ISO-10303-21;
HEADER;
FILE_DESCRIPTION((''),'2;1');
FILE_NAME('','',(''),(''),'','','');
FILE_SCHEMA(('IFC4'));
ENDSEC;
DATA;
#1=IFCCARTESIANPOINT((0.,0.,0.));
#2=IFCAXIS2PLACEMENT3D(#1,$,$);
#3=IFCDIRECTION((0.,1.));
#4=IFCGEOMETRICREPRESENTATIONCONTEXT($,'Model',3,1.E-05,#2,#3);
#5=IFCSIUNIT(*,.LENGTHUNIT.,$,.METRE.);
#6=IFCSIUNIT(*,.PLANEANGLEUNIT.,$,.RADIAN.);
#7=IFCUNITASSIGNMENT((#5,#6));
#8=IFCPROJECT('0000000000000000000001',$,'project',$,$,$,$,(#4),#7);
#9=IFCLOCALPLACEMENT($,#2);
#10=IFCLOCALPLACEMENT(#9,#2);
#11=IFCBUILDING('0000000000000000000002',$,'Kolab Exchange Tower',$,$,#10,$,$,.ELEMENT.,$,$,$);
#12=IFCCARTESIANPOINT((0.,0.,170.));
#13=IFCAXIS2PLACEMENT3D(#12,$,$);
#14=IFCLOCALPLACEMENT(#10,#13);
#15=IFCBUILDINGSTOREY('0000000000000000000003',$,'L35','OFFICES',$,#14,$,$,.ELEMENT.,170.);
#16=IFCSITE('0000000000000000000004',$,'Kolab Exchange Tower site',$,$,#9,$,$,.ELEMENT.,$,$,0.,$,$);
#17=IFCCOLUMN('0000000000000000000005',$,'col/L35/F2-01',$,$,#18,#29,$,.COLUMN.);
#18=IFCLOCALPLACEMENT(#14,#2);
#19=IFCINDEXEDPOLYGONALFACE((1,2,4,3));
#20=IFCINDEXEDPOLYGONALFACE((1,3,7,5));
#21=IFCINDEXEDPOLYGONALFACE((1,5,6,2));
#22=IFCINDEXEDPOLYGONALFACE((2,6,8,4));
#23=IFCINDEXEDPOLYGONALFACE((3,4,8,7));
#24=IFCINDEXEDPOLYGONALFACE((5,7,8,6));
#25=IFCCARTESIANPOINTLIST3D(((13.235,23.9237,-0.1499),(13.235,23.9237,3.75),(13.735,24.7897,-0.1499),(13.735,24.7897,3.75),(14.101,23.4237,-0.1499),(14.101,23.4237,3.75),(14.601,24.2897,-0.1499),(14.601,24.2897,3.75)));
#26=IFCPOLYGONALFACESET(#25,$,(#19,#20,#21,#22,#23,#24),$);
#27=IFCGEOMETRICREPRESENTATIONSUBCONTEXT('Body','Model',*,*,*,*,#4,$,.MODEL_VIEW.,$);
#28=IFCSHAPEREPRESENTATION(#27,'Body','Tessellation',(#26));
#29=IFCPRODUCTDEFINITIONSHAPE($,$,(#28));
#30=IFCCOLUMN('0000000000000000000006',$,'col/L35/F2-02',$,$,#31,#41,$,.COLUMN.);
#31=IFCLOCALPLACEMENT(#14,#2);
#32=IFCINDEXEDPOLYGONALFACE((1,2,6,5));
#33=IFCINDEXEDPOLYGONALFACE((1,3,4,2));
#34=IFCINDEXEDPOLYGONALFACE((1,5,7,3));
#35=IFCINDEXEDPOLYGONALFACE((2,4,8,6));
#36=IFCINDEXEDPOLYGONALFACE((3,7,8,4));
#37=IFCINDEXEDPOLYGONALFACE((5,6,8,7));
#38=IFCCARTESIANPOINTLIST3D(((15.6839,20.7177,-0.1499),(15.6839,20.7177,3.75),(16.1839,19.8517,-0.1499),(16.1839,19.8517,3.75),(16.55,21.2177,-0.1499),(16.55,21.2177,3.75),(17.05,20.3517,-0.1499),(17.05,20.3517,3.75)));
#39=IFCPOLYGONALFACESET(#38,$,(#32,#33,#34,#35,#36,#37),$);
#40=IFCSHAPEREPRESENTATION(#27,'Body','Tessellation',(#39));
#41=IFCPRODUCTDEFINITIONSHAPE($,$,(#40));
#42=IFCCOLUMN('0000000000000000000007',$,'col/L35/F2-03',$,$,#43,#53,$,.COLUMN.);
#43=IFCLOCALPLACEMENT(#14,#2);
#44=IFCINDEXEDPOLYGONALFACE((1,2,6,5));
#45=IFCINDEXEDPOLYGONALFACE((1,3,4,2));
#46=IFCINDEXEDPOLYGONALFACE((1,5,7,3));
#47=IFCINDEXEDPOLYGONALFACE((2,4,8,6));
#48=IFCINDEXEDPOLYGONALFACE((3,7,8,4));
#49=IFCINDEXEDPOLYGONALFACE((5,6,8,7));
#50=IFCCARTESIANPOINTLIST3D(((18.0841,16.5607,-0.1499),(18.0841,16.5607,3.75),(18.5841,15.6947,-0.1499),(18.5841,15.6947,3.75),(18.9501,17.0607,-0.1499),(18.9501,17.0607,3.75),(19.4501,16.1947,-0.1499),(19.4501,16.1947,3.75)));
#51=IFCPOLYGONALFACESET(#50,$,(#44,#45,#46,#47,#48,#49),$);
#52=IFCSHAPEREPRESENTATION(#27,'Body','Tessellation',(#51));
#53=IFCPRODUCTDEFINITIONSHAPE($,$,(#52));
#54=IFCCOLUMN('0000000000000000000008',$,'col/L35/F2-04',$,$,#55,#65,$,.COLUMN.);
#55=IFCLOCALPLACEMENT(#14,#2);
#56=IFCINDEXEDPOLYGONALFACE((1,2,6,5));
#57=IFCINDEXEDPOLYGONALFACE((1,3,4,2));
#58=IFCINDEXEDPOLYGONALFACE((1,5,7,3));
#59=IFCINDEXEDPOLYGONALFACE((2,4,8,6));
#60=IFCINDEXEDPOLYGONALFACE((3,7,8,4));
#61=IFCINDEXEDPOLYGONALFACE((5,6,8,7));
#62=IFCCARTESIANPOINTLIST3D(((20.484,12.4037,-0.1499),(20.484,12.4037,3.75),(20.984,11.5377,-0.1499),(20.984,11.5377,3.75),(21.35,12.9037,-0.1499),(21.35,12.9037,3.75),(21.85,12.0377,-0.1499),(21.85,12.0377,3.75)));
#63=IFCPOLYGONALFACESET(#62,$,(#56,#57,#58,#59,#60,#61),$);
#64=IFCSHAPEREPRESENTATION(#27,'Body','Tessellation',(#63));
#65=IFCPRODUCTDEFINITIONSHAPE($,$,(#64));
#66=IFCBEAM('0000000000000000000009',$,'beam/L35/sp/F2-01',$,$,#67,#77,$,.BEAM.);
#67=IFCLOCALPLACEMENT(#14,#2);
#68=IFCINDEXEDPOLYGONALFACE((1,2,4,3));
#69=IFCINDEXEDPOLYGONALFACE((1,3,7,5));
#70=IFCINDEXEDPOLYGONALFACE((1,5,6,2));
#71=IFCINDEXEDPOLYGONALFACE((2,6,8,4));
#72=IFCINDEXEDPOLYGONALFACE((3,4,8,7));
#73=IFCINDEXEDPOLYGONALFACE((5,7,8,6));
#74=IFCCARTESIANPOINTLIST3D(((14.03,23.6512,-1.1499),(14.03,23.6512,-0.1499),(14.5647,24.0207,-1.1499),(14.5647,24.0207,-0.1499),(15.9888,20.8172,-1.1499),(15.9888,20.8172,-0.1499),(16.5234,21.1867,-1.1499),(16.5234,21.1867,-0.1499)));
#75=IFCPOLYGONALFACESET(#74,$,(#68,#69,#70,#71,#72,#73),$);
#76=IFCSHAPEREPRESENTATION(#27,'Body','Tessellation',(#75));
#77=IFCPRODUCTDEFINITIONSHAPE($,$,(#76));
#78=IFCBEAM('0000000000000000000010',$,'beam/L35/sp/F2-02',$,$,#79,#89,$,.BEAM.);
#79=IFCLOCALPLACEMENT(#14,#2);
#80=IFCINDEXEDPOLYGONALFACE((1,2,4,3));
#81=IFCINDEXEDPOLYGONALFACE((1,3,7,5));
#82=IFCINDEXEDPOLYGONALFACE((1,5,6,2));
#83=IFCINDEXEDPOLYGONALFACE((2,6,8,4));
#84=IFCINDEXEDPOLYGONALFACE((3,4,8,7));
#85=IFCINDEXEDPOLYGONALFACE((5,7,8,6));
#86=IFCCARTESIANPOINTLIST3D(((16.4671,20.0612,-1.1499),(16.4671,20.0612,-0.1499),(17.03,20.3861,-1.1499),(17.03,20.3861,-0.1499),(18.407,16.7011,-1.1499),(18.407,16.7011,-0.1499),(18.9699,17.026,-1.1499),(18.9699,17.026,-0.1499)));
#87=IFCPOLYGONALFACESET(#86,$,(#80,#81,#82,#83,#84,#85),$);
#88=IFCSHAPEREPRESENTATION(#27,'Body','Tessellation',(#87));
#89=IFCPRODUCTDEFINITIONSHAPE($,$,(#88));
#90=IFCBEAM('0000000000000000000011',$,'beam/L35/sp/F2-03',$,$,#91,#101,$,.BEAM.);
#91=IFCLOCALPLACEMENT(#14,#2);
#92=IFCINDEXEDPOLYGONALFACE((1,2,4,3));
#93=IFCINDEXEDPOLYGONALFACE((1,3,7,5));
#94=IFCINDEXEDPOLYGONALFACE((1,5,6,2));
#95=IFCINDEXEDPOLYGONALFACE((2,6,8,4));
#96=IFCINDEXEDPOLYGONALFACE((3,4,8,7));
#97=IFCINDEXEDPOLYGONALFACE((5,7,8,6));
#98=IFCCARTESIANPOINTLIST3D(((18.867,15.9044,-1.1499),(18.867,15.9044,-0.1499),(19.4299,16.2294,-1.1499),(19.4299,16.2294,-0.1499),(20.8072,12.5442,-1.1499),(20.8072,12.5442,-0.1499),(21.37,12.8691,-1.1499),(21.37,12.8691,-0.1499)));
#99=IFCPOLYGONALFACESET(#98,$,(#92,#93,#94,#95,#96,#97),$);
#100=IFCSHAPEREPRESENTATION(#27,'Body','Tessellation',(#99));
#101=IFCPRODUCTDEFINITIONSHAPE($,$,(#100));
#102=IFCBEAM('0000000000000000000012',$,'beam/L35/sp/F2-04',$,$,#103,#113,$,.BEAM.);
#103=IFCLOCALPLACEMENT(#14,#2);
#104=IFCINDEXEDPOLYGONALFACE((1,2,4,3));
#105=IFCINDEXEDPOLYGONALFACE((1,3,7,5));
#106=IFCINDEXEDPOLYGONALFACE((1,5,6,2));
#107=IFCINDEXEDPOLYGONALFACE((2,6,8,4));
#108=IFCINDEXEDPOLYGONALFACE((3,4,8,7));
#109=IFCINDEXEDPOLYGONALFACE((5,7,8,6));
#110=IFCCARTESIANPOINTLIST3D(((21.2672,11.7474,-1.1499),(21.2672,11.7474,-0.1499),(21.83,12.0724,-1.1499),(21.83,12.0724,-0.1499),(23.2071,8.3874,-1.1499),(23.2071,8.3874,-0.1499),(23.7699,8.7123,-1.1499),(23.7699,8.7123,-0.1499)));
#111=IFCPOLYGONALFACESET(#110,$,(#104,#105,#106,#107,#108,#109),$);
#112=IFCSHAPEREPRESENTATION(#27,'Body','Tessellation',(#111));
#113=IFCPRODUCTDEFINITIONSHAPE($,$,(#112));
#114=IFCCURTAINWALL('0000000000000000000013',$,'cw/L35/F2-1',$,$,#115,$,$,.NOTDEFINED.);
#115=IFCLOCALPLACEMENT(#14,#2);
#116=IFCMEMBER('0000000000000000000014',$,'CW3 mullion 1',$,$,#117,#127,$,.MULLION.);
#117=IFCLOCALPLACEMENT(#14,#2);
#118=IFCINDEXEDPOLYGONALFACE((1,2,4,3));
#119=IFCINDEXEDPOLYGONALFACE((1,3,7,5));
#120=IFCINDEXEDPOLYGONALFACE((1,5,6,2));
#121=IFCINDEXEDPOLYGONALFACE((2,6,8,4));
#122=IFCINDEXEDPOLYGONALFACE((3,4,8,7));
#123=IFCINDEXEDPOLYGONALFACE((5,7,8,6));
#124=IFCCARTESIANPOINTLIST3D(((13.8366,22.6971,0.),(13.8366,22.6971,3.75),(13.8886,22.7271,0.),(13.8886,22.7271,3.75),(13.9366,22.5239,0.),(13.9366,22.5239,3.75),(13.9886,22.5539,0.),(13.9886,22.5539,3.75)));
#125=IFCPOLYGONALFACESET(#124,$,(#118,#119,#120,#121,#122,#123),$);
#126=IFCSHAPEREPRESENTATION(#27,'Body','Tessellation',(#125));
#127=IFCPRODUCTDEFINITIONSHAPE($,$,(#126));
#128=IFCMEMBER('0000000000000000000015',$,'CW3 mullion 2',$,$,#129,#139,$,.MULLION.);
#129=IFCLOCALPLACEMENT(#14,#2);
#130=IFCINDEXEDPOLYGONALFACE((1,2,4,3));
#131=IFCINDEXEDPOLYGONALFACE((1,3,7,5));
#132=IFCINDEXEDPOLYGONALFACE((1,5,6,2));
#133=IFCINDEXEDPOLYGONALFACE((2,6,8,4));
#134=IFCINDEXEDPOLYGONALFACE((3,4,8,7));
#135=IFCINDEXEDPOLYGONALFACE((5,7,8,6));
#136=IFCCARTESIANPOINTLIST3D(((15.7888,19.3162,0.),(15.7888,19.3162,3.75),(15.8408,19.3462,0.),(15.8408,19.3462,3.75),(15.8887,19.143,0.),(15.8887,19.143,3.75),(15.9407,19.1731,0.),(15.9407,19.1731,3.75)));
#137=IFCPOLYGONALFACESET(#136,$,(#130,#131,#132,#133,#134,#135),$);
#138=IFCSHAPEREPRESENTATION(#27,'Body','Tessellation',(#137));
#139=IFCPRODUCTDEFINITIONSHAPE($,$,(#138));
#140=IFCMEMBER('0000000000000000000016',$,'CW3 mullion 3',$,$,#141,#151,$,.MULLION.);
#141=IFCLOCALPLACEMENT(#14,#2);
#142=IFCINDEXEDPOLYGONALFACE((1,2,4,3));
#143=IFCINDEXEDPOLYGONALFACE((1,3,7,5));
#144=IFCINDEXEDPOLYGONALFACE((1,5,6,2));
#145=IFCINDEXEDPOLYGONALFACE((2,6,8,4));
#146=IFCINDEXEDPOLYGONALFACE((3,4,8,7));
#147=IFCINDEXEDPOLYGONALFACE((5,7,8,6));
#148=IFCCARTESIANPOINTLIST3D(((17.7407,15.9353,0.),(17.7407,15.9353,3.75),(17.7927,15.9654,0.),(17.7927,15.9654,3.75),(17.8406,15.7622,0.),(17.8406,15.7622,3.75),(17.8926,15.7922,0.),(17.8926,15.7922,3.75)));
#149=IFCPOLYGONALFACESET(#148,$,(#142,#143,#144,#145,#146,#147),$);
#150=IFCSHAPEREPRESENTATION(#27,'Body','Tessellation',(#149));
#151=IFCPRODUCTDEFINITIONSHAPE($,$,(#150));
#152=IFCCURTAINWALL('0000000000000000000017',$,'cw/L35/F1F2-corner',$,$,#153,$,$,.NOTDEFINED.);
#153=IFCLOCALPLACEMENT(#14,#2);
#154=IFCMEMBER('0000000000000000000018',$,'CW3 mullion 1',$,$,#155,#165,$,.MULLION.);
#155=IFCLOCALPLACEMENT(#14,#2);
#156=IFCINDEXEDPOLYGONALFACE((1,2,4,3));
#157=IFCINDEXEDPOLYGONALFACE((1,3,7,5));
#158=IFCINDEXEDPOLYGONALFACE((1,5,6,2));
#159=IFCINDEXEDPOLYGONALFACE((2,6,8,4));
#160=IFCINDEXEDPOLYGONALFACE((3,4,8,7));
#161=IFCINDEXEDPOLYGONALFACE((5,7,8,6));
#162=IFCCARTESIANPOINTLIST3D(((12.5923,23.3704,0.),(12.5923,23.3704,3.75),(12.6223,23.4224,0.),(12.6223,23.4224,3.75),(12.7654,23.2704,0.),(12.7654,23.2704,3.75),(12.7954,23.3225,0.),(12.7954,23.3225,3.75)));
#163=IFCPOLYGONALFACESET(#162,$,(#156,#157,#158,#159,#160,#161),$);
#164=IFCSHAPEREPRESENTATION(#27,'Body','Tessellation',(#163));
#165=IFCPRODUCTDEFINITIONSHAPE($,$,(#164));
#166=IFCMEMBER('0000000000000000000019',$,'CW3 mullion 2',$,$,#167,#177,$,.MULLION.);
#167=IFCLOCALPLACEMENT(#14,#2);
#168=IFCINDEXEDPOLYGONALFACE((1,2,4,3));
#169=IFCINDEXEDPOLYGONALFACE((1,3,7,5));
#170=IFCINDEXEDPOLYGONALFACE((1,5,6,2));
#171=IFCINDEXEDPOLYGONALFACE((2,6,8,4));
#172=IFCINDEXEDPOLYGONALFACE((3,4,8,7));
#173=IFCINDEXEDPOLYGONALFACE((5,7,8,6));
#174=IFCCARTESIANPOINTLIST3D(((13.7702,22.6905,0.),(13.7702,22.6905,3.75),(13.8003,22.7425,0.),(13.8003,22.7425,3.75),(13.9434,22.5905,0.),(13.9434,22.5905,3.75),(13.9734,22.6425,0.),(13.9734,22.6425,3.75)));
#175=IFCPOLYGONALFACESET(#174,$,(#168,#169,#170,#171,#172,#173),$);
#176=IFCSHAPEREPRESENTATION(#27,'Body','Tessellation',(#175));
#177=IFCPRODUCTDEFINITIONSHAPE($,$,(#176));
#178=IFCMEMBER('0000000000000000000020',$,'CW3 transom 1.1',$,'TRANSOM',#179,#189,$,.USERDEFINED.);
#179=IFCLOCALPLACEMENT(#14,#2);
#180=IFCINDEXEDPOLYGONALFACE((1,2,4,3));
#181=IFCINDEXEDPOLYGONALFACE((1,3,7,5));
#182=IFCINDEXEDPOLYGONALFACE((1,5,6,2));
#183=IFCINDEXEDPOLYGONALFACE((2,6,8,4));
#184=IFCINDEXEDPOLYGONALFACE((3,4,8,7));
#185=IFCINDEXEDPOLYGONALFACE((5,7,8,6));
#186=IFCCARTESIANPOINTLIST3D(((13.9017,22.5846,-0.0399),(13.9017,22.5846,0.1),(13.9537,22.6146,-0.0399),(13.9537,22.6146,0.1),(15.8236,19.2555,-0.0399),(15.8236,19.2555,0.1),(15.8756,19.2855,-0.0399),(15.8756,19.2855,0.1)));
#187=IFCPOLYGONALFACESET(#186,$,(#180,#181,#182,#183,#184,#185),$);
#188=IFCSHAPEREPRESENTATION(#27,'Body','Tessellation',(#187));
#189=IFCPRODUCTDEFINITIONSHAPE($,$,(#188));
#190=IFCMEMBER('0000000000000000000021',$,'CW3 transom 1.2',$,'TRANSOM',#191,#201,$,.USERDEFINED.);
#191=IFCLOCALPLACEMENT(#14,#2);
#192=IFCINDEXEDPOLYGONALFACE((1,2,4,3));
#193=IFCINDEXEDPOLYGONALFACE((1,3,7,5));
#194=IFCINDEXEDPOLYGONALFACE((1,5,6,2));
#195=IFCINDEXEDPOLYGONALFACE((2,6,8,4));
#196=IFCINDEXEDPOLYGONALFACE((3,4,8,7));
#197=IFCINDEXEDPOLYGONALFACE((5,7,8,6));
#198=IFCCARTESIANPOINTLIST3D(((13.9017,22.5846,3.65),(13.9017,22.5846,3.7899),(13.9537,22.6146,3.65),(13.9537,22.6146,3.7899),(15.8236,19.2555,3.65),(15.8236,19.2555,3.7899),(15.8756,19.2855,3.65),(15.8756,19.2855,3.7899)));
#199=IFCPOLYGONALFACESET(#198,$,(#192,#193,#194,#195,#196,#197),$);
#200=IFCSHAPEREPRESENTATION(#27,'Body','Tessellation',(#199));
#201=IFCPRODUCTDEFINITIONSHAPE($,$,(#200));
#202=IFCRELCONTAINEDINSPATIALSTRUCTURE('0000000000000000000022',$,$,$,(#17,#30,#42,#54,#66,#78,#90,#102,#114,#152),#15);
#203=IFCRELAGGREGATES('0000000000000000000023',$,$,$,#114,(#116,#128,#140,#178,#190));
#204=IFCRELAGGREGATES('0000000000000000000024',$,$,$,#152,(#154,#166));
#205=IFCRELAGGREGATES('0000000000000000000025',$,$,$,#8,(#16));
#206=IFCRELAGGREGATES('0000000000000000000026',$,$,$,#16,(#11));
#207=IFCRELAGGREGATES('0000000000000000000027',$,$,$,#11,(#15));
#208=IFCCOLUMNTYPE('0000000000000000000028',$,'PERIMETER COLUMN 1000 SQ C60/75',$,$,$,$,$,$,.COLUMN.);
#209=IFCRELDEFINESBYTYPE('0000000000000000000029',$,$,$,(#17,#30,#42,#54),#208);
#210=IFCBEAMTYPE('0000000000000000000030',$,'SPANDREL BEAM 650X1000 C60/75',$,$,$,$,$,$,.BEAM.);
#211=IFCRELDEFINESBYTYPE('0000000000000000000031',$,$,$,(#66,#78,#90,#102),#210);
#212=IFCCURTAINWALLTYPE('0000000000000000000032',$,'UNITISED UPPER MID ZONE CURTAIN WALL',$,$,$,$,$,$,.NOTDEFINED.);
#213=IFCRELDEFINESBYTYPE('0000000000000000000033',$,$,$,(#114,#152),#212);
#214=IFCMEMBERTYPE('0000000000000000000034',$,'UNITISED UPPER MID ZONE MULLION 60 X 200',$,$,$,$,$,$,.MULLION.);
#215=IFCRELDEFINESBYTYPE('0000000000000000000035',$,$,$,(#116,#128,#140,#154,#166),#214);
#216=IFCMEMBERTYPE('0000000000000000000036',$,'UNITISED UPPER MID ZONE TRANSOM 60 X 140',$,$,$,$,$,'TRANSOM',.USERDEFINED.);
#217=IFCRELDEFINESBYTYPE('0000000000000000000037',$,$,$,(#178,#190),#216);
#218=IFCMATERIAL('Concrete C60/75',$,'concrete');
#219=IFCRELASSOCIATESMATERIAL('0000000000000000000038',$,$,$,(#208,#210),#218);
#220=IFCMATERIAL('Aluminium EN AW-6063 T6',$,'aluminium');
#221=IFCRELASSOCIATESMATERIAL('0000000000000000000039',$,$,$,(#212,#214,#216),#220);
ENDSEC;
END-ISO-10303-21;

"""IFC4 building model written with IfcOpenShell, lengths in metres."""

from ifc_helpers import new_model, si_unit, direction, frame, origin, origin_2d, place, context, subcontext, project, spatial, rectangle, extrude, material, material_profile, profile_set, type_object, element, aggregate, save


model = new_model("IFC4")

# Units and contexts
model_context = context("Model", 3, precision=1e-05, world=origin(), true_north=direction((0.0, 1.0)))
body_context = subcontext(model_context, "Body", "Model", "MODEL_VIEW")
ifc_project = project(units=[si_unit("LENGTHUNIT", "METRE"), si_unit("PLANEANGLEUNIT", "RADIAN")], contexts=[model_context])

# Site, building, storey
site_placement = place(None, origin())
site = spatial("IfcSite", under=ifc_project, at=site_placement, Name="Kolab Exchange Tower site", CompositionType="ELEMENT", RefElevation=0.0)
building_placement = place(site_placement, origin())
building = spatial("IfcBuilding", under=site, at=building_placement, Name="Kolab Exchange Tower", CompositionType="ELEMENT")
storey_placement = place(building_placement, frame((0.0, 0.0, 170.0)))
storey = spatial("IfcBuildingStorey", under=building, at=storey_placement, Name="L35", Description="OFFICES", CompositionType="ELEMENT", Elevation=170.0)

# Columns
ifc_material_1 = material(Name="Concrete C60/75", Category="concrete")
ifc_material_profile_1 = material_profile(ifc_material_1, rectangle(XDim=1.0, YDim=1.0, at=origin_2d()), Name="RC1000")
ifc_profile_set_1 = profile_set([ifc_material_profile_1], Name="Concrete C60/75")
column_type = type_object("IfcColumnType", Name="PERIMETER COLUMN 1000 SQ C60/75", PredefinedType="COLUMN", material=ifc_profile_set_1)
for number, where, z_axis, x_axis, name in (
    (1, (13.918, 24.1067, -0.1499), (0.0, 0.0, 1.0), (0.5, 0.866025, 0.0), "col/L35/F2-01"),
    (2, (16.3669, 20.5347, -0.1499), (0.0, 0.0, 1.0), (0.866025, 0.5, 0.0), "col/L35/F2-02"),
    (3, (18.7671, 16.3777, -0.1499), (0.0, 0.0, 1.0), (0.866025, 0.5, 0.0), "col/L35/F2-03"),
    (4, (21.167, 12.2207, -0.1499), (0.0, 0.0, 1.0), (0.866025, 0.5, 0.0), "col/L35/F2-04"),
):
    element("IfcColumn", number, at=place(storey_placement, frame(where, z_axis=z_axis, x_axis=x_axis)), inside=storey, type_object=column_type, Name=name, PredefinedType="COLUMN", context=body_context, shape_type="SweptSolid", body=[
        extrude(rectangle(XDim=1.0, YDim=1.0, at=origin_2d()), origin(), (0.0, 0.0, 1.0), 3.8999),
    ])

# Beams
ifc_material_profile_2 = material_profile(ifc_material_1, rectangle(XDim=0.6499, YDim=1.0, at=origin_2d()), Name="RC650X1000")
ifc_profile_set_2 = profile_set([ifc_material_profile_2], Name="Concrete C60/75")
beam_type = type_object("IfcBeamType", Name="SPANDREL BEAM 650X1000 C60/75", PredefinedType="BEAM", material=ifc_profile_set_2)
beam_1_placement = place(storey_placement, frame((14.2974, 23.8359, -0.6499), z_axis=(0.568572, -0.822633, 0.0), x_axis=(0.822633, 0.568572, 0.0)))
element("IfcBeam", 5, at=beam_1_placement, inside=storey, type_object=beam_type, Name="beam/L35/sp/F2-01", PredefinedType="BEAM", context=body_context, shape_type="SweptSolid", body=[
    extrude(rectangle(XDim=0.6499, YDim=1.0, at=origin_2d()), origin(), (0.0, 0.0, 1.0), 3.4451),
])
beam_2_placement = place(storey_placement, frame((16.7485, 20.2236, -0.6499), z_axis=(0.499997, -0.866027, 0.0), x_axis=(0.866027, 0.499997, 0.0)))
element("IfcBeam", 6, at=beam_2_placement, inside=storey, type_object=beam_type, Name="beam/L35/sp/F2-02", PredefinedType="BEAM", context=body_context, shape_type="SweptSolid", body=[
    extrude(rectangle(XDim=0.6499, YDim=1.0, at=origin_2d()), origin(), (0.0, 0.0, 1.0), 3.8799),
])
beam_3_placement = place(storey_placement, frame((19.1484, 16.0669, -0.6499), z_axis=(0.500017, -0.866016, 0.0), x_axis=(0.866016, 0.500017, 0.0)))
element("IfcBeam", 7, at=beam_3_placement, inside=storey, type_object=beam_type, Name="beam/L35/sp/F2-03", PredefinedType="BEAM", context=body_context, shape_type="SweptSolid", body=[
    extrude(rectangle(XDim=0.6499, YDim=1.0, at=origin_2d()), origin(), (0.0, 0.0, 1.0), 3.8801),
])
beam_4_placement = place(storey_placement, frame((21.5486, 11.9099, -0.6499), z_axis=(0.499997, -0.866027, 0.0), x_axis=(0.866027, 0.499997, 0.0)))
element("IfcBeam", 8, at=beam_4_placement, inside=storey, type_object=beam_type, Name="beam/L35/sp/F2-04", PredefinedType="BEAM", context=body_context, shape_type="SweptSolid", body=[
    extrude(rectangle(XDim=0.6499, YDim=1.0, at=origin_2d()), origin(), (0.0, 0.0, 1.0), 3.8799),
])

# Curtain walls, members
ifc_material_2 = material(Name="Aluminium EN AW-6063 T6", Category="aluminium")
curtain_wall_type = type_object("IfcCurtainWallType", Name="UNITISED UPPER MID ZONE CURTAIN WALL", PredefinedType="NOTDEFINED", material=ifc_material_2)
curtain_wall_1_placement = place(storey_placement, origin())
curtain_wall_1 = element("IfcCurtainWall", 9, at=curtain_wall_1_placement, inside=storey, type_object=curtain_wall_type, Name="cw/L35/F2-1", PredefinedType="NOTDEFINED")
ifc_material_profile_3 = material_profile(ifc_material_2, rectangle(XDim=0.0601, YDim=0.2, at=origin_2d()), Name="RECT 60X200")
ifc_profile_set_3 = profile_set([ifc_material_profile_3], Name="Aluminium EN AW-6063 T6")
member_type_1 = type_object("IfcMemberType", Name="UNITISED UPPER MID ZONE MULLION 60 X 200", PredefinedType="MULLION", material=ifc_profile_set_3)
member_1_placement = place(storey_placement, frame((13.9126, 22.6255, 0.0), z_axis=(0.0, 0.0, 1.0), x_axis=(0.866025, 0.5, 0.0)))
member_1 = element("IfcMember", 10, at=member_1_placement, type_object=member_type_1, Name="CW3 mullion 1", PredefinedType="MULLION", context=body_context, shape_type="SweptSolid", body=[
    extrude(rectangle(XDim=0.0601, YDim=0.2, at=origin_2d()), origin(), (0.0, 0.0, 1.0), 3.75),
])
member_2_placement = place(storey_placement, frame((15.8647, 19.2446, 0.0), z_axis=(0.0, 0.0, 1.0), x_axis=(0.866025, 0.5, 0.0)))
member_2 = element("IfcMember", 11, at=member_2_placement, type_object=member_type_1, Name="CW3 mullion 2", PredefinedType="MULLION", context=body_context, shape_type="SweptSolid", body=[
    extrude(rectangle(XDim=0.0601, YDim=0.2, at=origin_2d()), origin(), (0.0, 0.0, 1.0), 3.75),
])
member_3_placement = place(storey_placement, frame((17.8167, 15.8638, 0.0), z_axis=(0.0, 0.0, 1.0), x_axis=(0.866025, 0.5, 0.0)))
member_3 = element("IfcMember", 12, at=member_3_placement, type_object=member_type_1, Name="CW3 mullion 3", PredefinedType="MULLION", context=body_context, shape_type="SweptSolid", body=[
    extrude(rectangle(XDim=0.0601, YDim=0.2, at=origin_2d()), origin(), (0.0, 0.0, 1.0), 3.75),
])
curtain_wall_2_placement = place(storey_placement, origin())
curtain_wall_2 = element("IfcCurtainWall", 13, at=curtain_wall_2_placement, inside=storey, type_object=curtain_wall_type, Name="cw/L35/F1F2-corner", PredefinedType="NOTDEFINED")
member_4_placement = place(storey_placement, frame((12.6938, 23.3464, 0.0), z_axis=(0.0, 0.0, 1.0), x_axis=(0.5, 0.866025, 0.0)))
member_4 = element("IfcMember", 14, at=member_4_placement, type_object=member_type_1, Name="CW3 mullion 1", PredefinedType="MULLION", context=body_context, shape_type="SweptSolid", body=[
    extrude(rectangle(XDim=0.0601, YDim=0.2, at=origin_2d()), origin(), (0.0, 0.0, 1.0), 3.75),
])
member_5_placement = place(storey_placement, frame((13.8718, 22.6665, 0.0), z_axis=(0.0, 0.0, 1.0), x_axis=(0.5, 0.866025, 0.0)))
member_5 = element("IfcMember", 15, at=member_5_placement, type_object=member_type_1, Name="CW3 mullion 2", PredefinedType="MULLION", context=body_context, shape_type="SweptSolid", body=[
    extrude(rectangle(XDim=0.0601, YDim=0.2, at=origin_2d()), origin(), (0.0, 0.0, 1.0), 3.75),
])

# Members
ifc_material_profile_4 = material_profile(ifc_material_2, rectangle(XDim=0.0601, YDim=0.1399, at=origin_2d()), Name="RECT 60X140")
ifc_profile_set_4 = profile_set([ifc_material_profile_4], Name="Aluminium EN AW-6063 T6")
member_type_2 = type_object("IfcMemberType", Name="UNITISED UPPER MID ZONE TRANSOM 60 X 140", ElementType="TRANSOM", PredefinedType="USERDEFINED", material=ifc_profile_set_4)
member_6_placement = place(storey_placement, frame((13.9277, 22.5996, 0.03), z_axis=(0.499964, -0.866046, 0.0), x_axis=(0.866046, 0.499964, 0.0)))
member_6 = element("IfcMember", 16, at=member_6_placement, type_object=member_type_2, Name="CW3 transom 1.1", ObjectType="TRANSOM", PredefinedType="USERDEFINED", context=body_context, shape_type="SweptSolid", body=[
    extrude(rectangle(XDim=0.0601, YDim=0.1399, at=origin_2d()), origin(), (0.0, 0.0, 1.0), 3.844),
])
member_7_placement = place(storey_placement, frame((13.9277, 22.5996, 3.72), z_axis=(0.499964, -0.866046, 0.0), x_axis=(0.866046, 0.499964, 0.0)))
member_7 = element("IfcMember", 17, at=member_7_placement, type_object=member_type_2, Name="CW3 transom 1.2", ObjectType="TRANSOM", PredefinedType="USERDEFINED", context=body_context, shape_type="SweptSolid", body=[
    extrude(rectangle(XDim=0.0601, YDim=0.1399, at=origin_2d()), origin(), (0.0, 0.0, 1.0), 3.844),
])

aggregate(curtain_wall_1, [member_1, member_2, member_3, member_6, member_7])
aggregate(curtain_wall_2, [member_4, member_5])

save(model, "model.ifc")
